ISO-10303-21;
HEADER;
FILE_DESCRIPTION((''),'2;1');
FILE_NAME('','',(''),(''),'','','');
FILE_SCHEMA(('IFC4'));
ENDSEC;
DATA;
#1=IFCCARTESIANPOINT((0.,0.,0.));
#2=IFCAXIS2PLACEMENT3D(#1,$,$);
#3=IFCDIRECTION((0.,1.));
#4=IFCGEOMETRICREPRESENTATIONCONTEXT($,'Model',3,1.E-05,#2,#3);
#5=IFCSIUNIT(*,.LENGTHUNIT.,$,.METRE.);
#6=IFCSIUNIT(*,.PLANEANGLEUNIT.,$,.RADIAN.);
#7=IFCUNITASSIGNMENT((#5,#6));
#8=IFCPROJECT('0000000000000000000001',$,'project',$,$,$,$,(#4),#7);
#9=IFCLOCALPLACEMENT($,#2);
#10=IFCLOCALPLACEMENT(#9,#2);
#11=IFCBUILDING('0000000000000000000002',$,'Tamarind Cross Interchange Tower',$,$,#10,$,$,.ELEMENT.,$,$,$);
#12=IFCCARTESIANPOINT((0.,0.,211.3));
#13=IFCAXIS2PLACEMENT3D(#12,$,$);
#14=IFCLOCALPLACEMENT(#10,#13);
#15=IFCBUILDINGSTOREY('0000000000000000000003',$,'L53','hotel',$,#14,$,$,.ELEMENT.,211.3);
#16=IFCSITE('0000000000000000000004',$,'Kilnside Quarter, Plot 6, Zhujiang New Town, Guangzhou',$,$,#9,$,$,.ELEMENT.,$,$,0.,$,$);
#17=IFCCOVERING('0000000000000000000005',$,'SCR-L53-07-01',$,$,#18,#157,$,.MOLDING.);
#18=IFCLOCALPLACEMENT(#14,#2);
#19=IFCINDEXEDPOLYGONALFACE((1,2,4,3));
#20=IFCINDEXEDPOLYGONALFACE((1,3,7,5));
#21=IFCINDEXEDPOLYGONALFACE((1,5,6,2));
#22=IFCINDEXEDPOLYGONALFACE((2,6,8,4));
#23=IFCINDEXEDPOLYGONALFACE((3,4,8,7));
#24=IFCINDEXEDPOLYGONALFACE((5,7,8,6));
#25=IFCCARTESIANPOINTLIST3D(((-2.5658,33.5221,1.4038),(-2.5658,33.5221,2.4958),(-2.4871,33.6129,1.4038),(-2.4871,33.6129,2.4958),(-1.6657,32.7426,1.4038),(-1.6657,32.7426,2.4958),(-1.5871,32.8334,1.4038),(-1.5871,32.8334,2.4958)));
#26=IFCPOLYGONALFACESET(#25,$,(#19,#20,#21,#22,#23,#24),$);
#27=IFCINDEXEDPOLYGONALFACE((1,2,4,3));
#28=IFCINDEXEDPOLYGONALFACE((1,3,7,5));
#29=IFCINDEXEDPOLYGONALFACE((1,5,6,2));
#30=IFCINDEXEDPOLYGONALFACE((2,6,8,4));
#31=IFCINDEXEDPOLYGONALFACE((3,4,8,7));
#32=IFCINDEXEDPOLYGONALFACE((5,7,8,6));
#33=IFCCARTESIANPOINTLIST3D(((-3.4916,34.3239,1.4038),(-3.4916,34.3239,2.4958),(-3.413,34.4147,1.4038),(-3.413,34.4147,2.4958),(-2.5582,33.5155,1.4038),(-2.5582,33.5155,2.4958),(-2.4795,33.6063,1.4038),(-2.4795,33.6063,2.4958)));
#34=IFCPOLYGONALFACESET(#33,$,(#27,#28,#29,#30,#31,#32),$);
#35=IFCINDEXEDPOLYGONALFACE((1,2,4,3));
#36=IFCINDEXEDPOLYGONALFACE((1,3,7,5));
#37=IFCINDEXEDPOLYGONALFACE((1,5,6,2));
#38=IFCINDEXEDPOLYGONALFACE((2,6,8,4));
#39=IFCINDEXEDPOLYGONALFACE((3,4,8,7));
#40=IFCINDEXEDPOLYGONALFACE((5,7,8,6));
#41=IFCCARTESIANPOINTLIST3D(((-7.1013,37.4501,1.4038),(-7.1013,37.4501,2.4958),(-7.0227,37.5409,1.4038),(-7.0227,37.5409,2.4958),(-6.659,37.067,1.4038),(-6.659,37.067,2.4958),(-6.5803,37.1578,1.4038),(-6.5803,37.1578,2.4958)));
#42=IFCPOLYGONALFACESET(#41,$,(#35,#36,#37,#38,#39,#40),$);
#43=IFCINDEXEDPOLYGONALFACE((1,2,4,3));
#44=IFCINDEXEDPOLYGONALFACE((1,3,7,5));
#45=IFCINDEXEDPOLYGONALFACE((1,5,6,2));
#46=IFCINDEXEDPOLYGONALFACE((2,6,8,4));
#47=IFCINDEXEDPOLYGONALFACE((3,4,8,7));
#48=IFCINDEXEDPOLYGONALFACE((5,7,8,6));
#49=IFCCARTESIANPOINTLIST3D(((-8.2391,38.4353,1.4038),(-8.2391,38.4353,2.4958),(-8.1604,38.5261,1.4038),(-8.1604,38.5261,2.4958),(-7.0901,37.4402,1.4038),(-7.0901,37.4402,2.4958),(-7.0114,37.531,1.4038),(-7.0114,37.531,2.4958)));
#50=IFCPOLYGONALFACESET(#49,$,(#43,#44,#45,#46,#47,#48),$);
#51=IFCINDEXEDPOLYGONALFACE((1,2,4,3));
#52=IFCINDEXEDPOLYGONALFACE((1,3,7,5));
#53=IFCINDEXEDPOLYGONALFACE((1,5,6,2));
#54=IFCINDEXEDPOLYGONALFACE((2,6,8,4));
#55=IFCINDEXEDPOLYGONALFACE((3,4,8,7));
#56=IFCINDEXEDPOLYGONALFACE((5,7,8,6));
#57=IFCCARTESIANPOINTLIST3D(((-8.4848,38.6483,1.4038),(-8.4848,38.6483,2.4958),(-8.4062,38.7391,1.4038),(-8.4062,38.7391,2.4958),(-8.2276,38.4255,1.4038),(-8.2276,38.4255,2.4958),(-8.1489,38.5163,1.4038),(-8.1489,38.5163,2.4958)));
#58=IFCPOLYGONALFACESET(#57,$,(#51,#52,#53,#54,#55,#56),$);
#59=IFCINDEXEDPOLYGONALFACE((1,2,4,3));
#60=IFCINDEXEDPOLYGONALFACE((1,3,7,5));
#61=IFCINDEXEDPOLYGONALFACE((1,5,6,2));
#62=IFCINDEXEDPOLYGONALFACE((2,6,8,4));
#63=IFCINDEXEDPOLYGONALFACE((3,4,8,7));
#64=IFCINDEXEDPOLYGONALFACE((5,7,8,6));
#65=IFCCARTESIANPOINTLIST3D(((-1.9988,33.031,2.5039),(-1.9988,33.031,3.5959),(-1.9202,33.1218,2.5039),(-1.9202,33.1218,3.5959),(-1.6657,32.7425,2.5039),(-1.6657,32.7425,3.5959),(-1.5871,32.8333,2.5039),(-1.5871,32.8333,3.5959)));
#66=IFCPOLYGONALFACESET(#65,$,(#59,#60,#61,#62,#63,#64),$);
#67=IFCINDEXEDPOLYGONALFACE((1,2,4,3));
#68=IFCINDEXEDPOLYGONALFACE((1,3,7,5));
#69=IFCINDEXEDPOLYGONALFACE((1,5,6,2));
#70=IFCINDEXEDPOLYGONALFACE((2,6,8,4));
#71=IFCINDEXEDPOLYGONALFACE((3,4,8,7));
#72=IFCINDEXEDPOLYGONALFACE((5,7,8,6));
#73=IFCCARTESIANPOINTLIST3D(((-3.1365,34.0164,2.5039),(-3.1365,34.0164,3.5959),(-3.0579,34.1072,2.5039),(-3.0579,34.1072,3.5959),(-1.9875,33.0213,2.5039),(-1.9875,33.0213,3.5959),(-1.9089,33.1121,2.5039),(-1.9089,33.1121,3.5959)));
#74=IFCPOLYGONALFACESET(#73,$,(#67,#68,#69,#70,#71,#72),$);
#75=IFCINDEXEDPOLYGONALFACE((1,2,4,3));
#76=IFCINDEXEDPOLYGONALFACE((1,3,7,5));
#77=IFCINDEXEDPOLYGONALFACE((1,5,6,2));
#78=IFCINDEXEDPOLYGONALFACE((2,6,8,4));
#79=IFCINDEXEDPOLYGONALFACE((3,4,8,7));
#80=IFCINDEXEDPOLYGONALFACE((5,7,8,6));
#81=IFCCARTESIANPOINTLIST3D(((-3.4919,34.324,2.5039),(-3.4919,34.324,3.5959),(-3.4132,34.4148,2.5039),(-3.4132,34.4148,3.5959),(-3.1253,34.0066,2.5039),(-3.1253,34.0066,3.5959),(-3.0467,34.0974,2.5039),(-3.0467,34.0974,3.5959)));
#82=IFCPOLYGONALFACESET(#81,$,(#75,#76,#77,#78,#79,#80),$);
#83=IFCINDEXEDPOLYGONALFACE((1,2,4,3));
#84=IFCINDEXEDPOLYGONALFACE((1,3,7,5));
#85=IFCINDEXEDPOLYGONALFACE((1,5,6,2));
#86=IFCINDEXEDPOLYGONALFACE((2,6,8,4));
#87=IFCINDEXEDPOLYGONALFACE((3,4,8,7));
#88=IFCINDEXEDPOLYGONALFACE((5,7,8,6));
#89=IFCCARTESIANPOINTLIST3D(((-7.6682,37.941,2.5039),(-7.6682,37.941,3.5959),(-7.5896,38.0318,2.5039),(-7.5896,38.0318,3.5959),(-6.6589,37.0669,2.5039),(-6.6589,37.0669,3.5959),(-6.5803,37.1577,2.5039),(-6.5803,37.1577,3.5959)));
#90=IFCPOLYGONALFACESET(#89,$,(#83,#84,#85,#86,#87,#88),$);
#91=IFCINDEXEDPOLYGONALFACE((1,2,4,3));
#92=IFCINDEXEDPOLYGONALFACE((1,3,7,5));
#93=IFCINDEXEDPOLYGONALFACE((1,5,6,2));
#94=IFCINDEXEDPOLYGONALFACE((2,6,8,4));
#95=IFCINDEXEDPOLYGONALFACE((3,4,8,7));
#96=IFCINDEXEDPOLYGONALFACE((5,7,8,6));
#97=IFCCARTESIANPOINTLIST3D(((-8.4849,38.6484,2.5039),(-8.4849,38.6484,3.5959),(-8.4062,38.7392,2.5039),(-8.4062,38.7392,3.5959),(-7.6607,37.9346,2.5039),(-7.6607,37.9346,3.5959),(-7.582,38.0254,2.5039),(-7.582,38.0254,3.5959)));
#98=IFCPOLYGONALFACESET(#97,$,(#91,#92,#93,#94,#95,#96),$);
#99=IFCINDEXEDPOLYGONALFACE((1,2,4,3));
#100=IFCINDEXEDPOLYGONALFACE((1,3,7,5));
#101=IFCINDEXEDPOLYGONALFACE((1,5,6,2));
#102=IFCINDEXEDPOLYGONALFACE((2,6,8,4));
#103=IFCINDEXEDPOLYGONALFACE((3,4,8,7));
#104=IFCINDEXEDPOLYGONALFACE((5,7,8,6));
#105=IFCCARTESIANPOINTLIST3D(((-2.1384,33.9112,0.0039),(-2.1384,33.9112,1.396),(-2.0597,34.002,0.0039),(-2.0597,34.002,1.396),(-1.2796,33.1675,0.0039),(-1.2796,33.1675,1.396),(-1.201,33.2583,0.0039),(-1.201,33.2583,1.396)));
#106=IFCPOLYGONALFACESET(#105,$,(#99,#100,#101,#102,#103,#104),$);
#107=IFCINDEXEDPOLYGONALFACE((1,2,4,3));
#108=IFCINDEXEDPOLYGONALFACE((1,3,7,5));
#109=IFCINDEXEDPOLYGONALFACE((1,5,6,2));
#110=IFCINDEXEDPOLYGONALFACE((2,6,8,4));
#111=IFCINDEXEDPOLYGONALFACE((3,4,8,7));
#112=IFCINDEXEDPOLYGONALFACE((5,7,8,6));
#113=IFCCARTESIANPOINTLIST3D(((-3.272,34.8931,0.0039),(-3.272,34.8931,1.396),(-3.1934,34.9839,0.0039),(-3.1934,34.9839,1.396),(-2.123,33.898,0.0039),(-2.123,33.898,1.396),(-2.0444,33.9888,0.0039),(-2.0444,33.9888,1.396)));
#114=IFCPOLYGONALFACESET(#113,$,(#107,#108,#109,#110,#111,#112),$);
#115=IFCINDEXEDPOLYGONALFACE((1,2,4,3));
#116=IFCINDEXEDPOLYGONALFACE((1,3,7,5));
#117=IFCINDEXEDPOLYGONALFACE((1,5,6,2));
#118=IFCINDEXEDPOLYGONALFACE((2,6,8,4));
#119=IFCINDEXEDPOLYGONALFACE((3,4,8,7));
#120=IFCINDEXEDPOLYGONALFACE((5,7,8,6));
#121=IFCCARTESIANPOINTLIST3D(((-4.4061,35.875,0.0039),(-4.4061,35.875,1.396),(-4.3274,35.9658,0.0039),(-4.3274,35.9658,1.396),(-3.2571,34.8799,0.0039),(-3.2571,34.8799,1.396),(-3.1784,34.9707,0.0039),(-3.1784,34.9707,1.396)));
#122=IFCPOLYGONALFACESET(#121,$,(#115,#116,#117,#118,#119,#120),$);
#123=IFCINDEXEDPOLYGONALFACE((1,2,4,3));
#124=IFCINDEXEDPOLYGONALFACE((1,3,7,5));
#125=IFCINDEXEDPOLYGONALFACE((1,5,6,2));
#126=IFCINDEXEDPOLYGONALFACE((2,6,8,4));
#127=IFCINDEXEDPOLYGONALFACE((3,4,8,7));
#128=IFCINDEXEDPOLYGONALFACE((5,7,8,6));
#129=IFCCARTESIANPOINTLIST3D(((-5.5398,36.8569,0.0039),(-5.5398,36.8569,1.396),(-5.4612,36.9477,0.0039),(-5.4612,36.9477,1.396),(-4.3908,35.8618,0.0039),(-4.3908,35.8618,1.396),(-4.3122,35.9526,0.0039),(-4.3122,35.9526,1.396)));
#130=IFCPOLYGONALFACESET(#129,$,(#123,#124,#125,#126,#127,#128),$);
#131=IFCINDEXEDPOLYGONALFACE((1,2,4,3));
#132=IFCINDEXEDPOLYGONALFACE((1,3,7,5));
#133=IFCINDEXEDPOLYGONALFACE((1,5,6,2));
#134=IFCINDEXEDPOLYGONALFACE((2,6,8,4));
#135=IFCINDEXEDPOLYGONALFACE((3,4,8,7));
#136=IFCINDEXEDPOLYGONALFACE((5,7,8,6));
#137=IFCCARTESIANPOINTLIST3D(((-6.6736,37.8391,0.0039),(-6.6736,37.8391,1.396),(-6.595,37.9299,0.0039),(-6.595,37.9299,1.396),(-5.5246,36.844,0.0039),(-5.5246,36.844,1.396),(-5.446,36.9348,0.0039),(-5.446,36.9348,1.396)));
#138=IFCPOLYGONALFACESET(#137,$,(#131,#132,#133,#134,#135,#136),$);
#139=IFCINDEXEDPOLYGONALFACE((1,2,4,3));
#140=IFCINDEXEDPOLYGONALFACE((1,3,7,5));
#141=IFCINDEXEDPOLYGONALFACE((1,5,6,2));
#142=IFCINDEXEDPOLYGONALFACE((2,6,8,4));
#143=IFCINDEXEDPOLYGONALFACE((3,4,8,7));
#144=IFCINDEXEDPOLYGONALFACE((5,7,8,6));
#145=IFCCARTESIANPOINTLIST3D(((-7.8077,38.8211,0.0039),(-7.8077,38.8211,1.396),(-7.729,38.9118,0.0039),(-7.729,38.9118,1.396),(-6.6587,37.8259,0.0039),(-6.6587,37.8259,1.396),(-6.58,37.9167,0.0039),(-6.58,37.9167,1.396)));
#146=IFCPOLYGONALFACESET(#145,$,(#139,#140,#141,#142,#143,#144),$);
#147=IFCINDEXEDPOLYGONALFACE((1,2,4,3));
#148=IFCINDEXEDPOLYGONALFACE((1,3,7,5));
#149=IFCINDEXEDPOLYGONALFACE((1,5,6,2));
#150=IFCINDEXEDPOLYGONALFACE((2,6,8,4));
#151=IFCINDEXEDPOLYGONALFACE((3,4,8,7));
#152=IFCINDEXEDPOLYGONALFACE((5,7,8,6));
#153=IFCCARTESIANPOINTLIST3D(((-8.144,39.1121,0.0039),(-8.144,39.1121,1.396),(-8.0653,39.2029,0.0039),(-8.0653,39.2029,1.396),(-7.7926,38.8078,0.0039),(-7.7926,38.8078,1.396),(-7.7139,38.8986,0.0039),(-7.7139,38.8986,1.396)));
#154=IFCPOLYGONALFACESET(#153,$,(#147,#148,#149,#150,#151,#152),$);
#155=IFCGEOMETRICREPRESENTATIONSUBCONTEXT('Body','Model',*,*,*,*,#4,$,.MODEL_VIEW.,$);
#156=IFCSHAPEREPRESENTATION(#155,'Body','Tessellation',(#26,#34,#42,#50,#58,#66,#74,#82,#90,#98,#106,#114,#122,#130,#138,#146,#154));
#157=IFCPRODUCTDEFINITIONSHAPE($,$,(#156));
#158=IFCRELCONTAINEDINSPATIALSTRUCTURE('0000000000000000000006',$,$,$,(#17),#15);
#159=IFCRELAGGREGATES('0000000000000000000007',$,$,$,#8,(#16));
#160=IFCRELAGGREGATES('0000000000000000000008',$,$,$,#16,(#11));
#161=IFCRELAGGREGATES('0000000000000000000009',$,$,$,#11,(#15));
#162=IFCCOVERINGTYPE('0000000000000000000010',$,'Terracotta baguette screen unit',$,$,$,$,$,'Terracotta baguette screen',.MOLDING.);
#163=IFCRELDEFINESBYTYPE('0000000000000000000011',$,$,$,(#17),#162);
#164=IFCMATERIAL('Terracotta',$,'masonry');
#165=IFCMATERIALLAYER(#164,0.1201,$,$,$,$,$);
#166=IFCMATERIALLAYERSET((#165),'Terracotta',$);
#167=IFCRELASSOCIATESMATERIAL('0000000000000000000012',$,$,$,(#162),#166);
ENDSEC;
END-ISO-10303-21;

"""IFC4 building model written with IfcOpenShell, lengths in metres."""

from ifc_helpers import new_model, si_unit, direction, frame, origin, origin_2d, place, context, subcontext, project, spatial, rectangle, extrude, material, layer, layer_set, type_object, element, save


model = new_model("IFC4")

# Units and contexts
model_context = context("Model", 3, precision=1e-05, world=origin(), true_north=direction((0.0, 1.0)))
body_context = subcontext(model_context, "Body", "Model", "MODEL_VIEW")
ifc_project = project(units=[si_unit("LENGTHUNIT", "METRE"), si_unit("PLANEANGLEUNIT", "RADIAN")], contexts=[model_context])

# Site, building, storey
site_placement = place(None, origin())
site = spatial("IfcSite", under=ifc_project, at=site_placement, Name="Kilnside Quarter, Plot 6, Zhujiang New Town, Guangzhou", CompositionType="ELEMENT", RefElevation=0.0)
building_placement = place(site_placement, origin())
building = spatial("IfcBuilding", under=site, at=building_placement, Name="Tamarind Cross Interchange Tower", CompositionType="ELEMENT")
storey_placement = place(building_placement, frame((0.0, 0.0, 211.3)))
storey = spatial("IfcBuildingStorey", under=building, at=storey_placement, Name="L53", Description="hotel", CompositionType="ELEMENT", Elevation=211.3)

# Covering
ifc_material_1 = material(Name="Terracotta", Category="masonry")
ifc_layer_1 = layer(ifc_material_1, 0.1201)
ifc_layer_set_1 = layer_set([ifc_layer_1], Name="Terracotta")
covering_type = type_object("IfcCoveringType", Name="Terracotta baguette screen unit", ElementType="Terracotta baguette screen", PredefinedType="MOLDING", material=ifc_layer_set_1)
covering_1_placement = place(storey_placement, origin())
element("IfcCovering", 1, at=covering_1_placement, inside=storey, type_object=covering_type, Name="SCR-L53-07-01", PredefinedType="MOLDING", context=body_context, shape_type="SweptSolid", body=[
    extrude(rectangle(XDim=1.1907, YDim=0.1201, at=origin_2d()), frame((-2.0764, 33.1777, 1.4038), z_axis=(0.0, 0.0, 1.0), x_axis=(-0.755917, 0.654667, 0.0)), (0.0, 0.0, 1.0), 1.092),
    extrude(rectangle(XDim=1.2349, YDim=0.1201, at=origin_2d()), frame((-2.9856, 33.9651, 1.4038), z_axis=(0.0, 0.0, 1.0), x_axis=(-0.755917, 0.654667, 0.0)), (0.0, 0.0, 1.0), 1.092),
    extrude(rectangle(XDim=0.5852, YDim=0.1201, at=origin_2d()), frame((-6.8408, 37.304, 1.4038), z_axis=(0.0, 0.0, 1.0), x_axis=(-0.755917, 0.654667, 0.0)), (0.0, 0.0, 1.0), 1.092),
    extrude(rectangle(XDim=1.52, YDim=0.1201, at=origin_2d()), frame((-7.6252, 37.9832, 1.4038), z_axis=(0.0, 0.0, 1.0), x_axis=(-0.755917, 0.654667, 0.0)), (0.0, 0.0, 1.0), 1.092),
    extrude(rectangle(XDim=0.3403, YDim=0.1201, at=origin_2d()), frame((-8.3169, 38.5823, 1.4038), z_axis=(0.0, 0.0, 1.0), x_axis=(-0.755917, 0.654667, 0.0)), (0.0, 0.0, 1.0), 1.092),
    extrude(rectangle(XDim=0.4407, YDim=0.1201, at=origin_2d()), frame((-1.793, 32.9321, 2.5039), z_axis=(0.0, 0.0, 1.0), x_axis=(-0.755917, 0.654667, 0.0)), (0.0, 0.0, 1.0), 1.092),
    extrude(rectangle(XDim=1.52, YDim=0.1201, at=origin_2d()), frame((-2.5227, 33.5642, 2.5039), z_axis=(0.0, 0.0, 1.0), x_axis=(-0.755917, 0.654667, 0.0)), (0.0, 0.0, 1.0), 1.092),
    extrude(rectangle(XDim=0.4849, YDim=0.1201, at=origin_2d()), frame((-3.2693, 34.2107, 2.5039), z_axis=(0.0, 0.0, 1.0), x_axis=(-0.755917, 0.654667, 0.0)), (0.0, 0.0, 1.0), 1.092),
    extrude(rectangle(XDim=1.3352, YDim=0.1201, at=origin_2d()), frame((-7.1243, 37.5493, 2.5039), z_axis=(0.0, 0.0, 1.0), x_axis=(-0.755917, 0.654667, 0.0)), (0.0, 0.0, 1.0), 1.092),
    extrude(rectangle(XDim=1.0903, YDim=0.1201, at=origin_2d()), frame((-8.0334, 38.3369, 2.5039), z_axis=(0.0, 0.0, 1.0), x_axis=(-0.755917, 0.654667, 0.0)), (0.0, 0.0, 1.0), 1.092),
    extrude(rectangle(XDim=1.136, YDim=0.1201, at=origin_2d()), frame((-1.6697, 33.5847, 0.0039), z_axis=(0.0, 0.0, 1.0), x_axis=(-0.755917, 0.654667, 0.0)), (0.0, 0.0, 1.0), 1.3921),
    extrude(rectangle(XDim=1.52, YDim=0.1201, at=origin_2d()), frame((-2.6582, 34.4409, 0.0039), z_axis=(0.0, 0.0, 1.0), x_axis=(-0.755917, 0.654667, 0.0)), (0.0, 0.0, 1.0), 1.3921),
    extrude(rectangle(XDim=1.52, YDim=0.1201, at=origin_2d()), frame((-3.7922, 35.4229, 0.0039), z_axis=(0.0, 0.0, 1.0), x_axis=(-0.755917, 0.654667, 0.0)), (0.0, 0.0, 1.0), 1.3921),
    extrude(rectangle(XDim=1.52, YDim=0.1201, at=origin_2d()), frame((-4.926, 36.4048, 0.0039), z_axis=(0.0, 0.0, 1.0), x_axis=(-0.755917, 0.654667, 0.0)), (0.0, 0.0, 1.0), 1.3921),
    extrude(rectangle(XDim=1.52, YDim=0.1201, at=origin_2d()), frame((-6.0598, 37.387, 0.0039), z_axis=(0.0, 0.0, 1.0), x_axis=(-0.755917, 0.654667, 0.0)), (0.0, 0.0, 1.0), 1.3921),
    extrude(rectangle(XDim=1.52, YDim=0.1201, at=origin_2d()), frame((-7.1938, 38.3689, 0.0039), z_axis=(0.0, 0.0, 1.0), x_axis=(-0.755917, 0.654667, 0.0)), (0.0, 0.0, 1.0), 1.3921),
    extrude(rectangle(XDim=0.4648, YDim=0.1201, at=origin_2d()), frame((-7.929, 39.0054, 0.0039), z_axis=(0.0, 0.0, 1.0), x_axis=(-0.755917, 0.654667, 0.0)), (0.0, 0.0, 1.0), 1.3921),
])

save(model, "model.ifc")
